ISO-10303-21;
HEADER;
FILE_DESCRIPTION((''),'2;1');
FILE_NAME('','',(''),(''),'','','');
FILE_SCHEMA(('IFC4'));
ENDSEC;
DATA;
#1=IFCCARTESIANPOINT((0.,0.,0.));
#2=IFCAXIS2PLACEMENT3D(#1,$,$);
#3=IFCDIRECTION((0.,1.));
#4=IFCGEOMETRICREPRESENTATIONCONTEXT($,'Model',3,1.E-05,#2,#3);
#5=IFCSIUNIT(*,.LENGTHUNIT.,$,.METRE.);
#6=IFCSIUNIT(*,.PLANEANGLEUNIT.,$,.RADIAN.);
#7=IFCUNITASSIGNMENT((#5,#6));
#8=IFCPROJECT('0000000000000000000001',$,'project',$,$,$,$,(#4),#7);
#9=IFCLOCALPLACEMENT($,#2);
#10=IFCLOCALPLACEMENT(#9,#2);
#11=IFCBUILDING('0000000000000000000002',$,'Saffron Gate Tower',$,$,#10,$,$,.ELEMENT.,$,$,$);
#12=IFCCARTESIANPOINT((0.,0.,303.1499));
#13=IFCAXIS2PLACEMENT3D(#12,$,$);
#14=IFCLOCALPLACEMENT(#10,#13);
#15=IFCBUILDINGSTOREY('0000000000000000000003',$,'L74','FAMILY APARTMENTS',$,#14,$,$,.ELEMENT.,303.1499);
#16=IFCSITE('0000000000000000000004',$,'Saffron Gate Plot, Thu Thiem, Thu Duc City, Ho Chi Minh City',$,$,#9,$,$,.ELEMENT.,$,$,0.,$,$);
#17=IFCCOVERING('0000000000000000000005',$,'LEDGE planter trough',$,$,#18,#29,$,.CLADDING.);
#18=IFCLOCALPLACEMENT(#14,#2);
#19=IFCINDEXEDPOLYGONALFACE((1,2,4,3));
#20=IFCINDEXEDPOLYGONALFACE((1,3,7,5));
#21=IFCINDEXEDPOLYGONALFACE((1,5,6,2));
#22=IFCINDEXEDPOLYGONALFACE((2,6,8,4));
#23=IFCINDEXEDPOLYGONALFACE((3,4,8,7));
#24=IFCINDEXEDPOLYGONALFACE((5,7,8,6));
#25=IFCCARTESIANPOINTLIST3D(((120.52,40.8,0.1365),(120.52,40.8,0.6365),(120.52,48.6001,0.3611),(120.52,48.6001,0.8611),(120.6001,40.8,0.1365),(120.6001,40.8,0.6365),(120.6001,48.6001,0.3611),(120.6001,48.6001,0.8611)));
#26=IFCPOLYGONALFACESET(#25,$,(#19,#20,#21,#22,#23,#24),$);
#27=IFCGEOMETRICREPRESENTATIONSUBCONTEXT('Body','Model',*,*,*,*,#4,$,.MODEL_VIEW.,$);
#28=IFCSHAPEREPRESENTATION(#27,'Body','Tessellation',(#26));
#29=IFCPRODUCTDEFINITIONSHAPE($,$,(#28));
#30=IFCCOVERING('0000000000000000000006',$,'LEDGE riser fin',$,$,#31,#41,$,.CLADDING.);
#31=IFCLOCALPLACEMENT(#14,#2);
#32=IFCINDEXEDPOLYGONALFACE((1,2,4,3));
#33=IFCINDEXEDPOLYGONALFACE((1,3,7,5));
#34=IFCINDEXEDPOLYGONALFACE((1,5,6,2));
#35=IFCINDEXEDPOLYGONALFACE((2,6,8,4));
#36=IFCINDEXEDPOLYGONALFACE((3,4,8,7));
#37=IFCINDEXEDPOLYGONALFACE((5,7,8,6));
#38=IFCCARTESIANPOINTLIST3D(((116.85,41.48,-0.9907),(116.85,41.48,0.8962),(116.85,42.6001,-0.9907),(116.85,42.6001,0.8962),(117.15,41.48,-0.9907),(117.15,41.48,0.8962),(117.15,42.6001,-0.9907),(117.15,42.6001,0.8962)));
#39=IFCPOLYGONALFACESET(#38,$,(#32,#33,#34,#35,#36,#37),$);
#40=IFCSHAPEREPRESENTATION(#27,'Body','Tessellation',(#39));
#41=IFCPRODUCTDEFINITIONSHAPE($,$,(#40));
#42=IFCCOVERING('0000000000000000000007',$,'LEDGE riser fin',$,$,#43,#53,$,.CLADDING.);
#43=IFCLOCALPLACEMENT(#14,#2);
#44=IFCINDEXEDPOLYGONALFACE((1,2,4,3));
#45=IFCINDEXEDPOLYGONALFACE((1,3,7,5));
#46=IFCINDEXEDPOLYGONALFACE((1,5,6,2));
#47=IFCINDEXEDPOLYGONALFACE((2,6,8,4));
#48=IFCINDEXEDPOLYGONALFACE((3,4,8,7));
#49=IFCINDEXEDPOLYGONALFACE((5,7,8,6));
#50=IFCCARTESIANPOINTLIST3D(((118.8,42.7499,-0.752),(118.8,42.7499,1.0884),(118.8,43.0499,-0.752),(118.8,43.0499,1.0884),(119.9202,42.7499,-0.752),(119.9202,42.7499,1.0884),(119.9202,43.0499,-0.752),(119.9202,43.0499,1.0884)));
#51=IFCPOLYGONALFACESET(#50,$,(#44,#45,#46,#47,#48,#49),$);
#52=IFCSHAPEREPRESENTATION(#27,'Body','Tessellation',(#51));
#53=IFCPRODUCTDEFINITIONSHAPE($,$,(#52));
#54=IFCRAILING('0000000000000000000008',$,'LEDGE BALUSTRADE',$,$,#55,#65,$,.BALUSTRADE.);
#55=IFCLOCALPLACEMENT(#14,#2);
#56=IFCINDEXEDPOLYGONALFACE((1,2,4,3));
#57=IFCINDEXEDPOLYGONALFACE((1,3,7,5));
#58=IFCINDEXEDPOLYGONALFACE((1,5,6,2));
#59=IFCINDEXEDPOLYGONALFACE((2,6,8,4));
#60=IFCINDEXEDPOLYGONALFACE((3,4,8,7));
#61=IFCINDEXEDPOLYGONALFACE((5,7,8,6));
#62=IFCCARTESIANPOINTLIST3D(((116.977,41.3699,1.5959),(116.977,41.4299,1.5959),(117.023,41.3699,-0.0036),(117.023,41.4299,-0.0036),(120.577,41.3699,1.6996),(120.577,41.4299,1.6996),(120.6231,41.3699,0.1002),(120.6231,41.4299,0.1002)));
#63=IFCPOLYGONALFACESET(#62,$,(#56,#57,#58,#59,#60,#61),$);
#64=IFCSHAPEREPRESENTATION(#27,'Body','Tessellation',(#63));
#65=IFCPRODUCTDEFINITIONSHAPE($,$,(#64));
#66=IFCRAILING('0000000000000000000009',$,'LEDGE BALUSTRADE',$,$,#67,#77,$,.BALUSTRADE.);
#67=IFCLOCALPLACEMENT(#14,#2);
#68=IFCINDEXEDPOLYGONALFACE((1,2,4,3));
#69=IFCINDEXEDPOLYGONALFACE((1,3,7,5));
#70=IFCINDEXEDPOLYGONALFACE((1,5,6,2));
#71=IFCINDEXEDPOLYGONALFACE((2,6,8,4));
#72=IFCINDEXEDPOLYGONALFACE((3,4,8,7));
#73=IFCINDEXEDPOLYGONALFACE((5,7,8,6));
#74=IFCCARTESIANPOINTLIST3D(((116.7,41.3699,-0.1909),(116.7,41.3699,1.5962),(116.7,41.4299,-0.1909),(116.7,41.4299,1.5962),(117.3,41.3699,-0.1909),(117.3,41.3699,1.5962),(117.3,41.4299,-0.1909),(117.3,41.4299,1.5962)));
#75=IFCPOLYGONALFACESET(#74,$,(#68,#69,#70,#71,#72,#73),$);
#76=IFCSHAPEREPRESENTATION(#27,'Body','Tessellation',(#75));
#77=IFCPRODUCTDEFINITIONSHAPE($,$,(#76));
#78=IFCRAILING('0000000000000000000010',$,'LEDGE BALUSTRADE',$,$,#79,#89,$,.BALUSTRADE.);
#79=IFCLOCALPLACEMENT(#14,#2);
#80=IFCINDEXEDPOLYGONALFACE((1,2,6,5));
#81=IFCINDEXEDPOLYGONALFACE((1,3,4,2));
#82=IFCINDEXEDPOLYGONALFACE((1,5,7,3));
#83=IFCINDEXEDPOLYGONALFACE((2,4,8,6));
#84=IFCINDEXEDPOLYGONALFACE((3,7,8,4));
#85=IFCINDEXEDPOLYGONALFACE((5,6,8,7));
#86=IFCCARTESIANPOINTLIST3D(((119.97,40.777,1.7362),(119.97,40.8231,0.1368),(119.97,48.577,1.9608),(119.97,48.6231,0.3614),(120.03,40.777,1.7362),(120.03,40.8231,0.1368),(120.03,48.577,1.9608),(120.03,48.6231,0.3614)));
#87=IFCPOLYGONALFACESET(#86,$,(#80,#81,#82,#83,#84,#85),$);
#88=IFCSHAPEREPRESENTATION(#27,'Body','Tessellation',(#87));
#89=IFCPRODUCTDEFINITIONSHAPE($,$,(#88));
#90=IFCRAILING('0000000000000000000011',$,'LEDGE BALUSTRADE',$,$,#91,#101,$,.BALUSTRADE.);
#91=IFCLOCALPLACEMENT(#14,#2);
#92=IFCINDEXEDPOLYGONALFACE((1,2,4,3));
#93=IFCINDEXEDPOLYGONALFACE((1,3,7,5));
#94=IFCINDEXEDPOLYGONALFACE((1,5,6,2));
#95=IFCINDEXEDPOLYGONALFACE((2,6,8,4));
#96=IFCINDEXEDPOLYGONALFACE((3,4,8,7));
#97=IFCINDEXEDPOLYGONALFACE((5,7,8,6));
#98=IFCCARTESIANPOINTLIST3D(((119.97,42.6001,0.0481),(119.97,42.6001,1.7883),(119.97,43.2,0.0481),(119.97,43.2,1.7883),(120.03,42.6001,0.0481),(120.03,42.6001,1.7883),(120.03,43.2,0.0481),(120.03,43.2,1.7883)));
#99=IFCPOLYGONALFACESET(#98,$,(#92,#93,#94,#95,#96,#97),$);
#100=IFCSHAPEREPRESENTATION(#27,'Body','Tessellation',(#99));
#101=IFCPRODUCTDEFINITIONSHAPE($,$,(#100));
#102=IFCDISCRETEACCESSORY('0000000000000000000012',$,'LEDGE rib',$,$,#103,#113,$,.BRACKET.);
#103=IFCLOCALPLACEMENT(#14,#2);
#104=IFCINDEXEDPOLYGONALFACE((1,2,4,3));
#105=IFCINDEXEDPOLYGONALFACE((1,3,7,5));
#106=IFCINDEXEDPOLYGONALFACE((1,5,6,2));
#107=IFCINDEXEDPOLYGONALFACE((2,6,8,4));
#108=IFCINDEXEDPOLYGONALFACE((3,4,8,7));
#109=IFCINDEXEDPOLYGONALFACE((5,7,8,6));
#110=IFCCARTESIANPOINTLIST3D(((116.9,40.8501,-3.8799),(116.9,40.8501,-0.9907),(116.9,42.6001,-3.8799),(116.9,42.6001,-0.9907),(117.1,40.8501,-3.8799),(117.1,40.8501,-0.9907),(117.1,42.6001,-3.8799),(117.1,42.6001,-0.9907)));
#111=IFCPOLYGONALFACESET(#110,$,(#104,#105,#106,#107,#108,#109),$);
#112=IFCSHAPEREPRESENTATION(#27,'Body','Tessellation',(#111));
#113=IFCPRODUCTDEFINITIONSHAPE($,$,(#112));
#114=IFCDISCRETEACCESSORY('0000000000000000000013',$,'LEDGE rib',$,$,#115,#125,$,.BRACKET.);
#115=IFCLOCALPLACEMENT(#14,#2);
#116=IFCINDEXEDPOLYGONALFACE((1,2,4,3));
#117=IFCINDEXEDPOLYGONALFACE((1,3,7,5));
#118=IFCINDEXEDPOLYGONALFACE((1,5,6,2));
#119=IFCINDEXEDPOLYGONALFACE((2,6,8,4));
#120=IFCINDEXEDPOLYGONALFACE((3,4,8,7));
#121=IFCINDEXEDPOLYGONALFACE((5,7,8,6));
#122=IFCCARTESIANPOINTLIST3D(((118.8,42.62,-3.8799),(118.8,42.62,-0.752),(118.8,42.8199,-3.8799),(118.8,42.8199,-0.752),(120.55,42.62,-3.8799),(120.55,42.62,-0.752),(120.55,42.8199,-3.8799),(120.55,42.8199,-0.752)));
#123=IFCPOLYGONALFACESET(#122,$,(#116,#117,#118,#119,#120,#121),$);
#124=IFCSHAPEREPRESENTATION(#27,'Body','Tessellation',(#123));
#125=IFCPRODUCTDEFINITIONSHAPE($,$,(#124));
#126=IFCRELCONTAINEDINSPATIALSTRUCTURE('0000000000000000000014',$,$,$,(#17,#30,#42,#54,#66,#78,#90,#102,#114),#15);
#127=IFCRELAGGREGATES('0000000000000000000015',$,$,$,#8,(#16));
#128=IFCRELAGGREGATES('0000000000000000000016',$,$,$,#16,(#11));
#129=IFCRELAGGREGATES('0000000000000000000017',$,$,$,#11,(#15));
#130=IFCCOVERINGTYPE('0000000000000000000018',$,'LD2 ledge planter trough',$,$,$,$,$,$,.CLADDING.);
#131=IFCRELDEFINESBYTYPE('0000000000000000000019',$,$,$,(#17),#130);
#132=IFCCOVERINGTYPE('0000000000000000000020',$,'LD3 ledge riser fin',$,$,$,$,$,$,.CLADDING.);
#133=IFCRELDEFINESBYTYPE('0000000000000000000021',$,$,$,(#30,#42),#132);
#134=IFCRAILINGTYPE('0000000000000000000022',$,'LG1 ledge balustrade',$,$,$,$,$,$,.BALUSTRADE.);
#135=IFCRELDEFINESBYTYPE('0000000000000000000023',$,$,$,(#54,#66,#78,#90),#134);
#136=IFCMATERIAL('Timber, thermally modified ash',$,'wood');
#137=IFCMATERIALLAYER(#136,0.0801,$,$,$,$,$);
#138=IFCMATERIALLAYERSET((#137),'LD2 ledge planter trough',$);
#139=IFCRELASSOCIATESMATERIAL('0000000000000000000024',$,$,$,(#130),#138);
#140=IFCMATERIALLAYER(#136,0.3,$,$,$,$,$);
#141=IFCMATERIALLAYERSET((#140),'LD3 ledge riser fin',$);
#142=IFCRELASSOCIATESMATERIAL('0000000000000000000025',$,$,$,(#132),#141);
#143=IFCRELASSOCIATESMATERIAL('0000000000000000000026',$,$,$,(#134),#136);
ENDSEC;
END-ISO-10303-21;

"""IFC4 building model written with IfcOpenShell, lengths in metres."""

from ifc_helpers import new_model, si_unit, direction, frame, origin, origin_2d, place, context, subcontext, project, spatial, polyline, rectangle, outline, extrude, material, layer, layer_set, type_object, element, save


model = new_model("IFC4")

# Units and contexts
model_context = context("Model", 3, precision=1e-05, world=origin(), true_north=direction((0.0, 1.0)))
body_context = subcontext(model_context, "Body", "Model", "MODEL_VIEW")
ifc_project = project(units=[si_unit("LENGTHUNIT", "METRE"), si_unit("PLANEANGLEUNIT", "RADIAN")], contexts=[model_context])

# Site, building, storey
site_placement = place(None, origin())
site = spatial("IfcSite", under=ifc_project, at=site_placement, Name="Saffron Gate Plot, Thu Thiem, Thu Duc City, Ho Chi Minh City", CompositionType="ELEMENT", RefElevation=0.0)
building_placement = place(site_placement, origin())
building = spatial("IfcBuilding", under=site, at=building_placement, Name="Saffron Gate Tower", CompositionType="ELEMENT")
storey_placement = place(building_placement, frame((0.0, 0.0, 303.1499)))
storey = spatial("IfcBuildingStorey", under=building, at=storey_placement, Name="L74", Description="FAMILY APARTMENTS", CompositionType="ELEMENT", Elevation=303.1499)

# Coverings
ifc_material_1 = material(Name="Timber, thermally modified ash", Category="wood")
ifc_layer_1 = layer(ifc_material_1, 0.0801)
ifc_layer_set_1 = layer_set([ifc_layer_1], Name="LD2 ledge planter trough")
covering_type_1 = type_object("IfcCoveringType", Name="LD2 ledge planter trough", PredefinedType="CLADDING", material=ifc_layer_set_1)
covering_1_placement = place(storey_placement, frame((120.6001, 40.8, 0.1365), z_axis=(1.0, 0.0, 0.0), x_axis=(0.0, 0.999586, 0.028784)))
element("IfcCovering", 1, at=covering_1_placement, inside=storey, type_object=covering_type_1, Name="LEDGE planter trough", PredefinedType="CLADDING", context=body_context, shape_type="SweptSolid", body=[
    extrude(outline(polyline([(0.0, 0.0), (7.8033, 0.0), (7.8177, 0.4998), (0.0144, 0.4998), (0.0, 0.0)])), origin(), (0.0, 0.0, -1.0), 0.0801),
])
ifc_layer_2 = layer(ifc_material_1, 0.3)
ifc_layer_set_2 = layer_set([ifc_layer_2], Name="LD3 ledge riser fin")
covering_type_2 = type_object("IfcCoveringType", Name="LD3 ledge riser fin", PredefinedType="CLADDING", material=ifc_layer_set_2)
covering_2_placement = place(storey_placement, frame((117.0, 42.04, -0.9907), z_axis=(0.0, 0.0, 1.0), x_axis=(1.0, 0.0, 0.0)))
element("IfcCovering", 2, at=covering_2_placement, inside=storey, type_object=covering_type_2, Name="LEDGE riser fin", PredefinedType="CLADDING", context=body_context, shape_type="SweptSolid", body=[
    extrude(rectangle(XDim=0.3, YDim=1.1201, at=origin_2d()), origin(), (0.0, 0.0, 1.0), 1.887),
])
covering_3_placement = place(storey_placement, frame((119.3601, 42.8999, -0.752), z_axis=(0.0, 0.0, 1.0), x_axis=(0.0, 1.0, 0.0)))
element("IfcCovering", 3, at=covering_3_placement, inside=storey, type_object=covering_type_2, Name="LEDGE riser fin", PredefinedType="CLADDING", context=body_context, shape_type="SweptSolid", body=[
    extrude(rectangle(XDim=0.3, YDim=1.1201, at=origin_2d()), origin(), (0.0, 0.0, 1.0), 1.8403),
])

# Railings
railing_type = type_object("IfcRailingType", Name="LG1 ledge balustrade", PredefinedType="BALUSTRADE", material=ifc_material_1)
railing_1_placement = place(storey_placement, frame((117.0, 41.3999, -0.0039)))
element("IfcRailing", 4, at=railing_1_placement, inside=storey, type_object=railing_type, Name="LEDGE BALUSTRADE", PredefinedType="BALUSTRADE", context=body_context, shape_type="SweptSolid", body=[
    extrude(rectangle(XDim=0.0601, YDim=1.6001, at=origin_2d()), frame((0.0, 0.0, 0.8), z_axis=(0.999585, 0.0, 0.028809), x_axis=(0.0, 1.0, 0.0)), (0.0, 0.0, 1.0), 3.6016),
])
railing_2_placement = place(storey_placement, frame((116.7, 41.3999, -0.1909)))
element("IfcRailing", 5, at=railing_2_placement, inside=storey, type_object=railing_type, Name="LEDGE BALUSTRADE", PredefinedType="BALUSTRADE", context=body_context, shape_type="SweptSolid", body=[
    extrude(rectangle(XDim=0.0601, YDim=1.7871, at=origin_2d()), frame((0.0, 0.0, 0.8936), z_axis=(1.0, 0.0, 0.0), x_axis=(0.0, 1.0, 0.0)), (0.0, 0.0, 1.0), 0.6001),
])
railing_3_placement = place(storey_placement, frame((120.0, 40.8, 0.1365)))
element("IfcRailing", 6, at=railing_3_placement, inside=storey, type_object=railing_type, Name="LEDGE BALUSTRADE", PredefinedType="BALUSTRADE", context=body_context, shape_type="SweptSolid", body=[
    extrude(rectangle(XDim=0.0601, YDim=1.6001, at=origin_2d()), frame((0.0, 0.0, 0.8), z_axis=(0.0, 0.999586, 0.028784), x_axis=(-1.0, 0.0, 0.0)), (0.0, 0.0, 1.0), 7.8032),
])
railing_4_placement = place(storey_placement, frame((120.0, 42.6001, 0.0481)))
element("IfcRailing", 7, at=railing_4_placement, inside=storey, type_object=railing_type, Name="LEDGE BALUSTRADE", PredefinedType="BALUSTRADE", context=body_context, shape_type="SweptSolid", body=[
    extrude(rectangle(XDim=0.0601, YDim=1.7402, at=origin_2d()), frame((0.0, 0.0, 0.8701), z_axis=(0.0, 1.0, 0.0), x_axis=(-1.0, 0.0, 0.0)), (0.0, 0.0, 1.0), 0.5999),
])

# Discrete accessories
discrete_accessory_1_placement = place(storey_placement, frame((117.0, 41.7251, -3.8799), z_axis=(0.0, 0.0, 1.0), x_axis=(1.0, 0.0, 0.0)))
element("IfcDiscreteAccessory", 8, at=discrete_accessory_1_placement, inside=storey, Name="LEDGE rib", PredefinedType="BRACKET", context=body_context, shape_type="SweptSolid", body=[
    extrude(rectangle(XDim=0.2, YDim=1.75, at=origin_2d()), origin(), (0.0, 0.0, 1.0), 2.8892),
])
discrete_accessory_2_placement = place(storey_placement, frame((119.675, 42.72, -3.8799), z_axis=(0.0, 0.0, 1.0), x_axis=(0.0, 1.0, 0.0)))
element("IfcDiscreteAccessory", 9, at=discrete_accessory_2_placement, inside=storey, Name="LEDGE rib", PredefinedType="BRACKET", context=body_context, shape_type="SweptSolid", body=[
    extrude(rectangle(XDim=0.2, YDim=1.75, at=origin_2d()), origin(), (0.0, 0.0, 1.0), 3.1279),
])

save(model, "model.ifc")
